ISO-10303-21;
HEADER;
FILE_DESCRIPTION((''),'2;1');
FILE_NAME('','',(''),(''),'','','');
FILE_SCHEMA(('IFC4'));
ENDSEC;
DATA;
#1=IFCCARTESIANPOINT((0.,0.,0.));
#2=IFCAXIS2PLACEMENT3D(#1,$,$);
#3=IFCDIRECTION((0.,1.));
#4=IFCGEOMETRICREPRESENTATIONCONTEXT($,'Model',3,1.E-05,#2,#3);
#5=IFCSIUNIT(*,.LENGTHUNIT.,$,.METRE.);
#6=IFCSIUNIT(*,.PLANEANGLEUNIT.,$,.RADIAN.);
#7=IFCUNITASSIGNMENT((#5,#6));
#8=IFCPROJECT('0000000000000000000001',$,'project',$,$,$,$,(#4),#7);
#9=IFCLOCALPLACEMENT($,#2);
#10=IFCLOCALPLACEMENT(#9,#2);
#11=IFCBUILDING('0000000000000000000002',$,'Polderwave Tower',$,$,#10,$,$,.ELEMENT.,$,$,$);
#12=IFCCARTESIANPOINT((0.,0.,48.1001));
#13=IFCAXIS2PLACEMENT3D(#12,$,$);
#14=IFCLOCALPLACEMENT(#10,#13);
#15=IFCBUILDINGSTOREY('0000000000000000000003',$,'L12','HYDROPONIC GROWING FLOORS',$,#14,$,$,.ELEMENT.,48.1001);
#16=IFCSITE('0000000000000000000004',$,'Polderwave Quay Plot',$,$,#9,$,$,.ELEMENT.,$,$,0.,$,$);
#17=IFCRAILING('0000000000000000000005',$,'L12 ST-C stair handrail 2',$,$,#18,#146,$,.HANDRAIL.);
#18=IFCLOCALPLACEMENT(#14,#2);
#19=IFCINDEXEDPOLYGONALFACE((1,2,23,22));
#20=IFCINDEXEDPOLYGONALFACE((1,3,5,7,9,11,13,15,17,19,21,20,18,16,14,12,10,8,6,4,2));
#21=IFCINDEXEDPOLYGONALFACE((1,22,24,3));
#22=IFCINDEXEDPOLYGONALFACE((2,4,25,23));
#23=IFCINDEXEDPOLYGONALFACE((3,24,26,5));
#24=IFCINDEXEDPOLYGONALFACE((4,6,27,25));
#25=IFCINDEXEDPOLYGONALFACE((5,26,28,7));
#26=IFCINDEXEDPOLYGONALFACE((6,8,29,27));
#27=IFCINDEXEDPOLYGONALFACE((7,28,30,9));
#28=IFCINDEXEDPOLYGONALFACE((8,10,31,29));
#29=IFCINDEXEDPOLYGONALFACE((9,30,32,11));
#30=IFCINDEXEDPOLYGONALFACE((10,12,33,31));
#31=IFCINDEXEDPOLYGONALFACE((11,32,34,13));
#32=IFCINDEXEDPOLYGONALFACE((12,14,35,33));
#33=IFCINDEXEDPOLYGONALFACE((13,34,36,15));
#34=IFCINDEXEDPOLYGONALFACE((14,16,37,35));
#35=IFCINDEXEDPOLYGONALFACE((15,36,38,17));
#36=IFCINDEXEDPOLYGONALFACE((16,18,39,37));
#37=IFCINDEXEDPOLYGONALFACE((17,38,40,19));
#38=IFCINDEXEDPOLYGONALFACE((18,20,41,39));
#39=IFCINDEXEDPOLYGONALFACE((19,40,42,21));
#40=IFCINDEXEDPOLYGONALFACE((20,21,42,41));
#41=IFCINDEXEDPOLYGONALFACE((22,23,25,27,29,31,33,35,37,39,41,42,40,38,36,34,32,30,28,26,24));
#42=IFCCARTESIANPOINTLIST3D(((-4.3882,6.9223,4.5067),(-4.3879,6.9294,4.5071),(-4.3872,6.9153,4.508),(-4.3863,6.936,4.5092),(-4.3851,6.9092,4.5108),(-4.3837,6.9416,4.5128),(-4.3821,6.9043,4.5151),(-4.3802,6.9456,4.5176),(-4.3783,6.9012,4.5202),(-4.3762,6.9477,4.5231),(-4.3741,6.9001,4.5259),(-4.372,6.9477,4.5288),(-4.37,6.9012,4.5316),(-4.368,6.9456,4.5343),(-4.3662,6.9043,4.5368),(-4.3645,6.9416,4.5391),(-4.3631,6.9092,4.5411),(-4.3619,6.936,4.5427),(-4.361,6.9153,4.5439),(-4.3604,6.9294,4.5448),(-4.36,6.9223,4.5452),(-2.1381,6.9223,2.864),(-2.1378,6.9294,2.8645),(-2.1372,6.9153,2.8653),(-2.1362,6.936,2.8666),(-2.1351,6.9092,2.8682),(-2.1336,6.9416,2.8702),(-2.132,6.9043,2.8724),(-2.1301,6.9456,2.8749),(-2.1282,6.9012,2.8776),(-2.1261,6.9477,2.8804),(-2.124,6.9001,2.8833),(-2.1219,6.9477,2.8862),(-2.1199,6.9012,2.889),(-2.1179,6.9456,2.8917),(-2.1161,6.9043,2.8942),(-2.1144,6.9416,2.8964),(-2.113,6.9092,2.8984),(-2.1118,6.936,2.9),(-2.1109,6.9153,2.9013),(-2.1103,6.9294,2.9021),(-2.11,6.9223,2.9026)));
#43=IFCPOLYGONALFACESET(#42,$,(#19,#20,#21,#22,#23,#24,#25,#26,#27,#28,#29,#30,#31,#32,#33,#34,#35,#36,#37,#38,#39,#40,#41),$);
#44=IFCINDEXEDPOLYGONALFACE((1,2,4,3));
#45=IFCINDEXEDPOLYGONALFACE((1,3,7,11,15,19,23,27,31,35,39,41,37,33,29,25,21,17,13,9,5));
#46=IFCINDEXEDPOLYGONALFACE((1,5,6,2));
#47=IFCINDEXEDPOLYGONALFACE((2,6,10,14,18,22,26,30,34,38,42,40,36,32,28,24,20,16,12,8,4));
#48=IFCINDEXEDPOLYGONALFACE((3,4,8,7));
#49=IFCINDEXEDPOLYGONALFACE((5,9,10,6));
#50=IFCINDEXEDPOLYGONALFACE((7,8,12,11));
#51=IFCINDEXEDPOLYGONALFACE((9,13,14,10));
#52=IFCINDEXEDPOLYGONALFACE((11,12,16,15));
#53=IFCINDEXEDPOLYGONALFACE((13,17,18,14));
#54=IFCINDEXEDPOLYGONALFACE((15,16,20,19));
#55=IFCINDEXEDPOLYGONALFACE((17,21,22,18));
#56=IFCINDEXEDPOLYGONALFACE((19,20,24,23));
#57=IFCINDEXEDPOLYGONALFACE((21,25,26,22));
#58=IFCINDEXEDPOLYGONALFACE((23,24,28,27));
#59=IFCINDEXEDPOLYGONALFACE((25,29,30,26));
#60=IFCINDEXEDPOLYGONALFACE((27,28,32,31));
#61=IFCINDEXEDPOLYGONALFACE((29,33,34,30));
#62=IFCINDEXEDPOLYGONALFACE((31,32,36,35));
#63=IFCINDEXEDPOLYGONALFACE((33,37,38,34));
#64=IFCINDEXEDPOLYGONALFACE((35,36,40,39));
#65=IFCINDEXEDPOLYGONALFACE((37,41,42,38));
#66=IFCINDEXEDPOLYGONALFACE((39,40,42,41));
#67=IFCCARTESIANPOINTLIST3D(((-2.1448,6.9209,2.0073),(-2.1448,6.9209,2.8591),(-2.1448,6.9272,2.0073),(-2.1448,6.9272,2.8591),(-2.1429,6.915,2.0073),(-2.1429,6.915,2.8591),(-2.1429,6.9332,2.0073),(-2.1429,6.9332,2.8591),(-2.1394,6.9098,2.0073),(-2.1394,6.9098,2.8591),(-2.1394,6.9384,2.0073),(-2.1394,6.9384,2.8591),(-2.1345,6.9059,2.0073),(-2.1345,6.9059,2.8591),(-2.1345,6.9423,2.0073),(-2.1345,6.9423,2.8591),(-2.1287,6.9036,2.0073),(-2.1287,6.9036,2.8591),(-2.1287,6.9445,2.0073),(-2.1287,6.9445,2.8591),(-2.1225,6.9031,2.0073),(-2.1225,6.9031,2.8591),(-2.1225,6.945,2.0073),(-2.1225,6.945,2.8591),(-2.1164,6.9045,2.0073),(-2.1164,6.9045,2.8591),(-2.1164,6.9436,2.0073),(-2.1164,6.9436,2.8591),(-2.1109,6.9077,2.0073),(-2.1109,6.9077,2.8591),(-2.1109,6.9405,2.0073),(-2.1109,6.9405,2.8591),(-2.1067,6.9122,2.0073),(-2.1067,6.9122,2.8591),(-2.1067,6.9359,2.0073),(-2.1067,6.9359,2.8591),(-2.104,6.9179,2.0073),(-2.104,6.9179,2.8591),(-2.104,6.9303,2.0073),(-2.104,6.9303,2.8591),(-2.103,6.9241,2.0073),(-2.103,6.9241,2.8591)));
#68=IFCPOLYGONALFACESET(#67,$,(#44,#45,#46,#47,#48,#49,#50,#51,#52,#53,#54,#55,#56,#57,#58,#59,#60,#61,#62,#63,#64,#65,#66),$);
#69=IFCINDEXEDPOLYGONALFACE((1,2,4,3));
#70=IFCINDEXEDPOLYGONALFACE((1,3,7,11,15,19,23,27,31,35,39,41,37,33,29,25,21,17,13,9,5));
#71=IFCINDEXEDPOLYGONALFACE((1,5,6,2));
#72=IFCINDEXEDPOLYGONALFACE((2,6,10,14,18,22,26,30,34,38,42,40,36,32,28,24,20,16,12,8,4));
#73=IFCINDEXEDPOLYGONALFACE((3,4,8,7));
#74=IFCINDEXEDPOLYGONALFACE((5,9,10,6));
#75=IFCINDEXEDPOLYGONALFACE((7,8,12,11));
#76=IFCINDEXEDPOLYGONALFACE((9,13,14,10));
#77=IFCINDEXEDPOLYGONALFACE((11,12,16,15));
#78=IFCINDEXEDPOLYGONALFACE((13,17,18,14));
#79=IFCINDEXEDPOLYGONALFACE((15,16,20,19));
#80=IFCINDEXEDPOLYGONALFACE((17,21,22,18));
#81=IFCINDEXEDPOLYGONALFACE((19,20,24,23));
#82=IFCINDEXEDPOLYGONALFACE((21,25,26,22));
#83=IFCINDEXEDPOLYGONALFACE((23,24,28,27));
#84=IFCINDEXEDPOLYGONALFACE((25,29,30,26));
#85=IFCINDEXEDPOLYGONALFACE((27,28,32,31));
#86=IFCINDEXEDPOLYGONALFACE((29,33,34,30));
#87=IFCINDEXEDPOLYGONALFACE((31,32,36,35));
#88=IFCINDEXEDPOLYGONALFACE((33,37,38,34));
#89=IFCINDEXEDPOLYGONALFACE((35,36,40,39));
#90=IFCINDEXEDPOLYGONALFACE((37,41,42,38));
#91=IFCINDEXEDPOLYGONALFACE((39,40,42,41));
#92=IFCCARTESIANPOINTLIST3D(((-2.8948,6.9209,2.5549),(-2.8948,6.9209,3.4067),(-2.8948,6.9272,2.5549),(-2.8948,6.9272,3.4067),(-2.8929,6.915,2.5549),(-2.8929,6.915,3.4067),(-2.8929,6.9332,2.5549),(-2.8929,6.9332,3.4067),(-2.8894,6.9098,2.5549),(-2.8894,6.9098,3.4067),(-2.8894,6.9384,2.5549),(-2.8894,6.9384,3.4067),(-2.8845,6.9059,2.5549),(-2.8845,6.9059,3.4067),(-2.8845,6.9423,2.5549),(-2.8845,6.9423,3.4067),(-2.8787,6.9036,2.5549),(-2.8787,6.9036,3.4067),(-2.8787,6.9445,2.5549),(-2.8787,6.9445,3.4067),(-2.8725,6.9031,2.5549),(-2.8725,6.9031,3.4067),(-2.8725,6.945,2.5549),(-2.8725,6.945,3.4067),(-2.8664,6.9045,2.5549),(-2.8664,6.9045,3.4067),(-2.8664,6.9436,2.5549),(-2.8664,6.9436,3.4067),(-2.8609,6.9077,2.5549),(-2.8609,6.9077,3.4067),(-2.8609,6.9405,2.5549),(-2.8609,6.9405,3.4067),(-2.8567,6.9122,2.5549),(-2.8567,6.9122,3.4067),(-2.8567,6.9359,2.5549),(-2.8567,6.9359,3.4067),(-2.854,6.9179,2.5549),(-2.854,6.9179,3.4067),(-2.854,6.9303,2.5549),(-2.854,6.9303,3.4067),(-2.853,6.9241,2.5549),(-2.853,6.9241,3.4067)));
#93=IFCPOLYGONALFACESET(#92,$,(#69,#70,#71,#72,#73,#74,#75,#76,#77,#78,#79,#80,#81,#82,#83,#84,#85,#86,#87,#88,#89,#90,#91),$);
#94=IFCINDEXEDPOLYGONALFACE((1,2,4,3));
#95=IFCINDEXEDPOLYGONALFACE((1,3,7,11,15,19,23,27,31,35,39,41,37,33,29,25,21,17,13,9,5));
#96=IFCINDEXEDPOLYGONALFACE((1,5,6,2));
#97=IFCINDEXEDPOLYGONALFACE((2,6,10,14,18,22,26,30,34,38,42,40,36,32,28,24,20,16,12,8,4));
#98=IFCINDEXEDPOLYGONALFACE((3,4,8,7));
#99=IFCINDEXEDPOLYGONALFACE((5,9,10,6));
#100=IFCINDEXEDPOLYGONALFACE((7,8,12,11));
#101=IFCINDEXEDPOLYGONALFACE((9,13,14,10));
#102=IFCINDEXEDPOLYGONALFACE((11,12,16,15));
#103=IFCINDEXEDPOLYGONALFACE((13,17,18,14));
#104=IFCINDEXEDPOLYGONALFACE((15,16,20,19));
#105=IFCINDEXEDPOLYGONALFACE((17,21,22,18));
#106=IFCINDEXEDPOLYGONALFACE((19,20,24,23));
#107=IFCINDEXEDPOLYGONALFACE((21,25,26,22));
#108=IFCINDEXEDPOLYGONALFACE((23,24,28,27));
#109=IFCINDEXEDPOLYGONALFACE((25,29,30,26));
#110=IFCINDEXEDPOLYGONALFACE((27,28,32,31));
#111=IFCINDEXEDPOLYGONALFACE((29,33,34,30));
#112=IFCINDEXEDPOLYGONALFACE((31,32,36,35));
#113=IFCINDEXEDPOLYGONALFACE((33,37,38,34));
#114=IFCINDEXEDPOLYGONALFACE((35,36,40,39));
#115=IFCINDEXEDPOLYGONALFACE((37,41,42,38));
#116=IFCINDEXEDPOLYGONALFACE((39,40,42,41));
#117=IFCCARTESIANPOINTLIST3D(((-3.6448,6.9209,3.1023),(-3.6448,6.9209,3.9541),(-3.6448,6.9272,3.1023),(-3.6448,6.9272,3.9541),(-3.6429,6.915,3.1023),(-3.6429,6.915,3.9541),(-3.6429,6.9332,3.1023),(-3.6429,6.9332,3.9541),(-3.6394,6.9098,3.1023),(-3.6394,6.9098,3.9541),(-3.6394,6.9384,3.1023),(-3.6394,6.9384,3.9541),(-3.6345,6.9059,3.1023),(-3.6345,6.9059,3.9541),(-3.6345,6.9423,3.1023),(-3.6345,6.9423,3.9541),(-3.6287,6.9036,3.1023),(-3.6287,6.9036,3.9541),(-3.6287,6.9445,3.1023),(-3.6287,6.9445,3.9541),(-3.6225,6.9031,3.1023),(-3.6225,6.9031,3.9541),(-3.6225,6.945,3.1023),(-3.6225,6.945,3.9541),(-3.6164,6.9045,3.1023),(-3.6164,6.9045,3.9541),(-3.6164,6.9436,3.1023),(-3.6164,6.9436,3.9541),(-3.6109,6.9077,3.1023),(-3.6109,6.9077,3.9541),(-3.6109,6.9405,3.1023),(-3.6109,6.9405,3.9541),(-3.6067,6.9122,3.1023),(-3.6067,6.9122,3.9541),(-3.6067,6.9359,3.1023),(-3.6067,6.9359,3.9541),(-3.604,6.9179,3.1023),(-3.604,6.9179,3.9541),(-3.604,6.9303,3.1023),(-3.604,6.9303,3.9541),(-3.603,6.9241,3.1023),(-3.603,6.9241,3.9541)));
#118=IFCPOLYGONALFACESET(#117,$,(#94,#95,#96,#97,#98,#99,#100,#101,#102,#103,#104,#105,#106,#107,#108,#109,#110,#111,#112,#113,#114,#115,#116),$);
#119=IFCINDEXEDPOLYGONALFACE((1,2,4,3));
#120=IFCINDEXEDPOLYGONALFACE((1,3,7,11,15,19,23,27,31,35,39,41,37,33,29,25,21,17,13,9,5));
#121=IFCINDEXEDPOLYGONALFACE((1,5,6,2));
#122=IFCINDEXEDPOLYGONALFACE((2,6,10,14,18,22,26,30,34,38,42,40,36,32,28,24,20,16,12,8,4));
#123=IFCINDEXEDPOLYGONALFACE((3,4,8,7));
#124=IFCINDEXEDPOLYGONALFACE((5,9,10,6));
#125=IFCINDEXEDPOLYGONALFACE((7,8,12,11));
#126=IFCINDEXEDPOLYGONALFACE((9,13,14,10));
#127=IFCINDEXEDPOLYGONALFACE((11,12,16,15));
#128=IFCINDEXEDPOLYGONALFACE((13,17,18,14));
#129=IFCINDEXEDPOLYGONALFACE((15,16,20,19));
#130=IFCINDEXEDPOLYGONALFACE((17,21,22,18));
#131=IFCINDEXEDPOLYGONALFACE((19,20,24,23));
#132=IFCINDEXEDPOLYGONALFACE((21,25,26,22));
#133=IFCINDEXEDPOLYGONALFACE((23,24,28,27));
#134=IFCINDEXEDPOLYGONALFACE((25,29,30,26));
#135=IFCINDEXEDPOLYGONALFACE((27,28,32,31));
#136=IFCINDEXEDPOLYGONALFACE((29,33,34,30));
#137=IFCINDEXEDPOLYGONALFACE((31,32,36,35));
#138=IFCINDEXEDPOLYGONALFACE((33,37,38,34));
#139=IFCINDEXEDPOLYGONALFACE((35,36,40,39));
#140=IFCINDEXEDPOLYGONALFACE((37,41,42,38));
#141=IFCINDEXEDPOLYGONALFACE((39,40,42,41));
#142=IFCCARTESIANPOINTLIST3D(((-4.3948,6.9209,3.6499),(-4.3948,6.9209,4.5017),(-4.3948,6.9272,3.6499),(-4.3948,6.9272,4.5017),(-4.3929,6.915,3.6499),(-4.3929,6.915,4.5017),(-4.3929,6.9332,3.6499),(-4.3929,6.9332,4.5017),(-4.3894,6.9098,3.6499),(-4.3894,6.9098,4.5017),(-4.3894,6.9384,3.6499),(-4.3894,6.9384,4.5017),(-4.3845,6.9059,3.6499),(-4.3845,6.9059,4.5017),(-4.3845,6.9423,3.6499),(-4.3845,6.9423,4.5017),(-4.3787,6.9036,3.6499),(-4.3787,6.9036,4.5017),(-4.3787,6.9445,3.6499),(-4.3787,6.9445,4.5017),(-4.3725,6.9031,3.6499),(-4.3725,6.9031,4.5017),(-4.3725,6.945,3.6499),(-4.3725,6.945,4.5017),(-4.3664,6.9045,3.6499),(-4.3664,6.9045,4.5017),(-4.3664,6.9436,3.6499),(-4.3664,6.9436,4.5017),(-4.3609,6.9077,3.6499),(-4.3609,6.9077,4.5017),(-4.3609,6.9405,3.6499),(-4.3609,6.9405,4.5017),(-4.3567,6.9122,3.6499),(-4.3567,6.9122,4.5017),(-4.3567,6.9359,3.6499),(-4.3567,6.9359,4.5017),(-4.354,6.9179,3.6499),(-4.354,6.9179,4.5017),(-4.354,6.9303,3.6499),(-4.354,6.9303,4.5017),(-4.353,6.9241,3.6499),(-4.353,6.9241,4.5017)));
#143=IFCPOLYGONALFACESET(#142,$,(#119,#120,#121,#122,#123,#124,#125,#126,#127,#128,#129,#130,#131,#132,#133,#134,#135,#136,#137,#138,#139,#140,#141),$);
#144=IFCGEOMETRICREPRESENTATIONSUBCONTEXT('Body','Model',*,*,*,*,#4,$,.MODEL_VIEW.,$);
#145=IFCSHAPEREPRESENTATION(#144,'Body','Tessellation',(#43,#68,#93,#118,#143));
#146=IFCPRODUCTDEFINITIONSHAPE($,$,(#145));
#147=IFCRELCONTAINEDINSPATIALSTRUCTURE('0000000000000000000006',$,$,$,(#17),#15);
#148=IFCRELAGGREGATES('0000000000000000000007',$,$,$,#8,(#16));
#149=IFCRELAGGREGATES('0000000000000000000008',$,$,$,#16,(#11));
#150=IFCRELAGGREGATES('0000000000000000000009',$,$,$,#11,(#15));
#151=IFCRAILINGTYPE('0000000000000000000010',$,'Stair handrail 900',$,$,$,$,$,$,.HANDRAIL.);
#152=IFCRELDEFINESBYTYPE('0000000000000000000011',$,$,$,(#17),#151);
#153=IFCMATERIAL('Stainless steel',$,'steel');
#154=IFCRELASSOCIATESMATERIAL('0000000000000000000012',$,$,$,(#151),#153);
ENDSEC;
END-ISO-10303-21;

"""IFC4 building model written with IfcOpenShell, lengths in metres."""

from ifc_helpers import new_model, si_unit, direction, frame, origin, origin_2d, place, context, subcontext, project, spatial, circle, extrude, material, type_object, element, save


model = new_model("IFC4")

# Units and contexts
model_context = context("Model", 3, precision=1e-05, world=origin(), true_north=direction((0.0, 1.0)))
body_context = subcontext(model_context, "Body", "Model", "MODEL_VIEW")
ifc_project = project(units=[si_unit("LENGTHUNIT", "METRE"), si_unit("PLANEANGLEUNIT", "RADIAN")], contexts=[model_context])

# Site, building, storey
site_placement = place(None, origin())
site = spatial("IfcSite", under=ifc_project, at=site_placement, Name="Polderwave Quay Plot", CompositionType="ELEMENT", RefElevation=0.0)
building_placement = place(site_placement, origin())
building = spatial("IfcBuilding", under=site, at=building_placement, Name="Polderwave Tower", CompositionType="ELEMENT")
storey_placement = place(building_placement, frame((0.0, 0.0, 48.1001)))
storey = spatial("IfcBuildingStorey", under=building, at=storey_placement, Name="L12", Description="HYDROPONIC GROWING FLOORS", CompositionType="ELEMENT", Elevation=48.1001)

# Railing
ifc_material_1 = material(Name="Stainless steel", Category="steel")
railing_type_1 = type_object("IfcRailingType", Name="Stair handrail 900", PredefinedType="HANDRAIL", material=ifc_material_1)
railing_1_placement = place(storey_placement, frame((-2.124, 6.9241, 2.0073)))
element("IfcRailing", 1, at=railing_1_placement, inside=storey, type_object=railing_type_1, Name="L12 ST-C stair handrail 2", PredefinedType="HANDRAIL", context=body_context, shape_type="SweptSolid", body=[
    extrude(circle(Radius=0.0239, at=origin_2d()), frame((0.0, 0.0, 0.876), z_axis=(-0.807674, 0.0, 0.58963), x_axis=(0.0, -1.0, 0.0)), (0.0, 0.0, 1.0), 2.7859),
    extrude(circle(Radius=0.021, at=origin_2d()), origin(), (0.0, 0.0, 1.0), 0.8518),
    extrude(circle(Radius=0.021, at=origin_2d()), frame((-0.75, 0.0, 0.5476)), (0.0, 0.0, 1.0), 0.8518),
    extrude(circle(Radius=0.021, at=origin_2d()), frame((-1.5, 0.0, 1.095)), (0.0, 0.0, 1.0), 0.8518),
    extrude(circle(Radius=0.021, at=origin_2d()), frame((-2.25, 0.0, 1.6426)), (0.0, 0.0, 1.0), 0.8518),
])

save(model, "model.ifc")
